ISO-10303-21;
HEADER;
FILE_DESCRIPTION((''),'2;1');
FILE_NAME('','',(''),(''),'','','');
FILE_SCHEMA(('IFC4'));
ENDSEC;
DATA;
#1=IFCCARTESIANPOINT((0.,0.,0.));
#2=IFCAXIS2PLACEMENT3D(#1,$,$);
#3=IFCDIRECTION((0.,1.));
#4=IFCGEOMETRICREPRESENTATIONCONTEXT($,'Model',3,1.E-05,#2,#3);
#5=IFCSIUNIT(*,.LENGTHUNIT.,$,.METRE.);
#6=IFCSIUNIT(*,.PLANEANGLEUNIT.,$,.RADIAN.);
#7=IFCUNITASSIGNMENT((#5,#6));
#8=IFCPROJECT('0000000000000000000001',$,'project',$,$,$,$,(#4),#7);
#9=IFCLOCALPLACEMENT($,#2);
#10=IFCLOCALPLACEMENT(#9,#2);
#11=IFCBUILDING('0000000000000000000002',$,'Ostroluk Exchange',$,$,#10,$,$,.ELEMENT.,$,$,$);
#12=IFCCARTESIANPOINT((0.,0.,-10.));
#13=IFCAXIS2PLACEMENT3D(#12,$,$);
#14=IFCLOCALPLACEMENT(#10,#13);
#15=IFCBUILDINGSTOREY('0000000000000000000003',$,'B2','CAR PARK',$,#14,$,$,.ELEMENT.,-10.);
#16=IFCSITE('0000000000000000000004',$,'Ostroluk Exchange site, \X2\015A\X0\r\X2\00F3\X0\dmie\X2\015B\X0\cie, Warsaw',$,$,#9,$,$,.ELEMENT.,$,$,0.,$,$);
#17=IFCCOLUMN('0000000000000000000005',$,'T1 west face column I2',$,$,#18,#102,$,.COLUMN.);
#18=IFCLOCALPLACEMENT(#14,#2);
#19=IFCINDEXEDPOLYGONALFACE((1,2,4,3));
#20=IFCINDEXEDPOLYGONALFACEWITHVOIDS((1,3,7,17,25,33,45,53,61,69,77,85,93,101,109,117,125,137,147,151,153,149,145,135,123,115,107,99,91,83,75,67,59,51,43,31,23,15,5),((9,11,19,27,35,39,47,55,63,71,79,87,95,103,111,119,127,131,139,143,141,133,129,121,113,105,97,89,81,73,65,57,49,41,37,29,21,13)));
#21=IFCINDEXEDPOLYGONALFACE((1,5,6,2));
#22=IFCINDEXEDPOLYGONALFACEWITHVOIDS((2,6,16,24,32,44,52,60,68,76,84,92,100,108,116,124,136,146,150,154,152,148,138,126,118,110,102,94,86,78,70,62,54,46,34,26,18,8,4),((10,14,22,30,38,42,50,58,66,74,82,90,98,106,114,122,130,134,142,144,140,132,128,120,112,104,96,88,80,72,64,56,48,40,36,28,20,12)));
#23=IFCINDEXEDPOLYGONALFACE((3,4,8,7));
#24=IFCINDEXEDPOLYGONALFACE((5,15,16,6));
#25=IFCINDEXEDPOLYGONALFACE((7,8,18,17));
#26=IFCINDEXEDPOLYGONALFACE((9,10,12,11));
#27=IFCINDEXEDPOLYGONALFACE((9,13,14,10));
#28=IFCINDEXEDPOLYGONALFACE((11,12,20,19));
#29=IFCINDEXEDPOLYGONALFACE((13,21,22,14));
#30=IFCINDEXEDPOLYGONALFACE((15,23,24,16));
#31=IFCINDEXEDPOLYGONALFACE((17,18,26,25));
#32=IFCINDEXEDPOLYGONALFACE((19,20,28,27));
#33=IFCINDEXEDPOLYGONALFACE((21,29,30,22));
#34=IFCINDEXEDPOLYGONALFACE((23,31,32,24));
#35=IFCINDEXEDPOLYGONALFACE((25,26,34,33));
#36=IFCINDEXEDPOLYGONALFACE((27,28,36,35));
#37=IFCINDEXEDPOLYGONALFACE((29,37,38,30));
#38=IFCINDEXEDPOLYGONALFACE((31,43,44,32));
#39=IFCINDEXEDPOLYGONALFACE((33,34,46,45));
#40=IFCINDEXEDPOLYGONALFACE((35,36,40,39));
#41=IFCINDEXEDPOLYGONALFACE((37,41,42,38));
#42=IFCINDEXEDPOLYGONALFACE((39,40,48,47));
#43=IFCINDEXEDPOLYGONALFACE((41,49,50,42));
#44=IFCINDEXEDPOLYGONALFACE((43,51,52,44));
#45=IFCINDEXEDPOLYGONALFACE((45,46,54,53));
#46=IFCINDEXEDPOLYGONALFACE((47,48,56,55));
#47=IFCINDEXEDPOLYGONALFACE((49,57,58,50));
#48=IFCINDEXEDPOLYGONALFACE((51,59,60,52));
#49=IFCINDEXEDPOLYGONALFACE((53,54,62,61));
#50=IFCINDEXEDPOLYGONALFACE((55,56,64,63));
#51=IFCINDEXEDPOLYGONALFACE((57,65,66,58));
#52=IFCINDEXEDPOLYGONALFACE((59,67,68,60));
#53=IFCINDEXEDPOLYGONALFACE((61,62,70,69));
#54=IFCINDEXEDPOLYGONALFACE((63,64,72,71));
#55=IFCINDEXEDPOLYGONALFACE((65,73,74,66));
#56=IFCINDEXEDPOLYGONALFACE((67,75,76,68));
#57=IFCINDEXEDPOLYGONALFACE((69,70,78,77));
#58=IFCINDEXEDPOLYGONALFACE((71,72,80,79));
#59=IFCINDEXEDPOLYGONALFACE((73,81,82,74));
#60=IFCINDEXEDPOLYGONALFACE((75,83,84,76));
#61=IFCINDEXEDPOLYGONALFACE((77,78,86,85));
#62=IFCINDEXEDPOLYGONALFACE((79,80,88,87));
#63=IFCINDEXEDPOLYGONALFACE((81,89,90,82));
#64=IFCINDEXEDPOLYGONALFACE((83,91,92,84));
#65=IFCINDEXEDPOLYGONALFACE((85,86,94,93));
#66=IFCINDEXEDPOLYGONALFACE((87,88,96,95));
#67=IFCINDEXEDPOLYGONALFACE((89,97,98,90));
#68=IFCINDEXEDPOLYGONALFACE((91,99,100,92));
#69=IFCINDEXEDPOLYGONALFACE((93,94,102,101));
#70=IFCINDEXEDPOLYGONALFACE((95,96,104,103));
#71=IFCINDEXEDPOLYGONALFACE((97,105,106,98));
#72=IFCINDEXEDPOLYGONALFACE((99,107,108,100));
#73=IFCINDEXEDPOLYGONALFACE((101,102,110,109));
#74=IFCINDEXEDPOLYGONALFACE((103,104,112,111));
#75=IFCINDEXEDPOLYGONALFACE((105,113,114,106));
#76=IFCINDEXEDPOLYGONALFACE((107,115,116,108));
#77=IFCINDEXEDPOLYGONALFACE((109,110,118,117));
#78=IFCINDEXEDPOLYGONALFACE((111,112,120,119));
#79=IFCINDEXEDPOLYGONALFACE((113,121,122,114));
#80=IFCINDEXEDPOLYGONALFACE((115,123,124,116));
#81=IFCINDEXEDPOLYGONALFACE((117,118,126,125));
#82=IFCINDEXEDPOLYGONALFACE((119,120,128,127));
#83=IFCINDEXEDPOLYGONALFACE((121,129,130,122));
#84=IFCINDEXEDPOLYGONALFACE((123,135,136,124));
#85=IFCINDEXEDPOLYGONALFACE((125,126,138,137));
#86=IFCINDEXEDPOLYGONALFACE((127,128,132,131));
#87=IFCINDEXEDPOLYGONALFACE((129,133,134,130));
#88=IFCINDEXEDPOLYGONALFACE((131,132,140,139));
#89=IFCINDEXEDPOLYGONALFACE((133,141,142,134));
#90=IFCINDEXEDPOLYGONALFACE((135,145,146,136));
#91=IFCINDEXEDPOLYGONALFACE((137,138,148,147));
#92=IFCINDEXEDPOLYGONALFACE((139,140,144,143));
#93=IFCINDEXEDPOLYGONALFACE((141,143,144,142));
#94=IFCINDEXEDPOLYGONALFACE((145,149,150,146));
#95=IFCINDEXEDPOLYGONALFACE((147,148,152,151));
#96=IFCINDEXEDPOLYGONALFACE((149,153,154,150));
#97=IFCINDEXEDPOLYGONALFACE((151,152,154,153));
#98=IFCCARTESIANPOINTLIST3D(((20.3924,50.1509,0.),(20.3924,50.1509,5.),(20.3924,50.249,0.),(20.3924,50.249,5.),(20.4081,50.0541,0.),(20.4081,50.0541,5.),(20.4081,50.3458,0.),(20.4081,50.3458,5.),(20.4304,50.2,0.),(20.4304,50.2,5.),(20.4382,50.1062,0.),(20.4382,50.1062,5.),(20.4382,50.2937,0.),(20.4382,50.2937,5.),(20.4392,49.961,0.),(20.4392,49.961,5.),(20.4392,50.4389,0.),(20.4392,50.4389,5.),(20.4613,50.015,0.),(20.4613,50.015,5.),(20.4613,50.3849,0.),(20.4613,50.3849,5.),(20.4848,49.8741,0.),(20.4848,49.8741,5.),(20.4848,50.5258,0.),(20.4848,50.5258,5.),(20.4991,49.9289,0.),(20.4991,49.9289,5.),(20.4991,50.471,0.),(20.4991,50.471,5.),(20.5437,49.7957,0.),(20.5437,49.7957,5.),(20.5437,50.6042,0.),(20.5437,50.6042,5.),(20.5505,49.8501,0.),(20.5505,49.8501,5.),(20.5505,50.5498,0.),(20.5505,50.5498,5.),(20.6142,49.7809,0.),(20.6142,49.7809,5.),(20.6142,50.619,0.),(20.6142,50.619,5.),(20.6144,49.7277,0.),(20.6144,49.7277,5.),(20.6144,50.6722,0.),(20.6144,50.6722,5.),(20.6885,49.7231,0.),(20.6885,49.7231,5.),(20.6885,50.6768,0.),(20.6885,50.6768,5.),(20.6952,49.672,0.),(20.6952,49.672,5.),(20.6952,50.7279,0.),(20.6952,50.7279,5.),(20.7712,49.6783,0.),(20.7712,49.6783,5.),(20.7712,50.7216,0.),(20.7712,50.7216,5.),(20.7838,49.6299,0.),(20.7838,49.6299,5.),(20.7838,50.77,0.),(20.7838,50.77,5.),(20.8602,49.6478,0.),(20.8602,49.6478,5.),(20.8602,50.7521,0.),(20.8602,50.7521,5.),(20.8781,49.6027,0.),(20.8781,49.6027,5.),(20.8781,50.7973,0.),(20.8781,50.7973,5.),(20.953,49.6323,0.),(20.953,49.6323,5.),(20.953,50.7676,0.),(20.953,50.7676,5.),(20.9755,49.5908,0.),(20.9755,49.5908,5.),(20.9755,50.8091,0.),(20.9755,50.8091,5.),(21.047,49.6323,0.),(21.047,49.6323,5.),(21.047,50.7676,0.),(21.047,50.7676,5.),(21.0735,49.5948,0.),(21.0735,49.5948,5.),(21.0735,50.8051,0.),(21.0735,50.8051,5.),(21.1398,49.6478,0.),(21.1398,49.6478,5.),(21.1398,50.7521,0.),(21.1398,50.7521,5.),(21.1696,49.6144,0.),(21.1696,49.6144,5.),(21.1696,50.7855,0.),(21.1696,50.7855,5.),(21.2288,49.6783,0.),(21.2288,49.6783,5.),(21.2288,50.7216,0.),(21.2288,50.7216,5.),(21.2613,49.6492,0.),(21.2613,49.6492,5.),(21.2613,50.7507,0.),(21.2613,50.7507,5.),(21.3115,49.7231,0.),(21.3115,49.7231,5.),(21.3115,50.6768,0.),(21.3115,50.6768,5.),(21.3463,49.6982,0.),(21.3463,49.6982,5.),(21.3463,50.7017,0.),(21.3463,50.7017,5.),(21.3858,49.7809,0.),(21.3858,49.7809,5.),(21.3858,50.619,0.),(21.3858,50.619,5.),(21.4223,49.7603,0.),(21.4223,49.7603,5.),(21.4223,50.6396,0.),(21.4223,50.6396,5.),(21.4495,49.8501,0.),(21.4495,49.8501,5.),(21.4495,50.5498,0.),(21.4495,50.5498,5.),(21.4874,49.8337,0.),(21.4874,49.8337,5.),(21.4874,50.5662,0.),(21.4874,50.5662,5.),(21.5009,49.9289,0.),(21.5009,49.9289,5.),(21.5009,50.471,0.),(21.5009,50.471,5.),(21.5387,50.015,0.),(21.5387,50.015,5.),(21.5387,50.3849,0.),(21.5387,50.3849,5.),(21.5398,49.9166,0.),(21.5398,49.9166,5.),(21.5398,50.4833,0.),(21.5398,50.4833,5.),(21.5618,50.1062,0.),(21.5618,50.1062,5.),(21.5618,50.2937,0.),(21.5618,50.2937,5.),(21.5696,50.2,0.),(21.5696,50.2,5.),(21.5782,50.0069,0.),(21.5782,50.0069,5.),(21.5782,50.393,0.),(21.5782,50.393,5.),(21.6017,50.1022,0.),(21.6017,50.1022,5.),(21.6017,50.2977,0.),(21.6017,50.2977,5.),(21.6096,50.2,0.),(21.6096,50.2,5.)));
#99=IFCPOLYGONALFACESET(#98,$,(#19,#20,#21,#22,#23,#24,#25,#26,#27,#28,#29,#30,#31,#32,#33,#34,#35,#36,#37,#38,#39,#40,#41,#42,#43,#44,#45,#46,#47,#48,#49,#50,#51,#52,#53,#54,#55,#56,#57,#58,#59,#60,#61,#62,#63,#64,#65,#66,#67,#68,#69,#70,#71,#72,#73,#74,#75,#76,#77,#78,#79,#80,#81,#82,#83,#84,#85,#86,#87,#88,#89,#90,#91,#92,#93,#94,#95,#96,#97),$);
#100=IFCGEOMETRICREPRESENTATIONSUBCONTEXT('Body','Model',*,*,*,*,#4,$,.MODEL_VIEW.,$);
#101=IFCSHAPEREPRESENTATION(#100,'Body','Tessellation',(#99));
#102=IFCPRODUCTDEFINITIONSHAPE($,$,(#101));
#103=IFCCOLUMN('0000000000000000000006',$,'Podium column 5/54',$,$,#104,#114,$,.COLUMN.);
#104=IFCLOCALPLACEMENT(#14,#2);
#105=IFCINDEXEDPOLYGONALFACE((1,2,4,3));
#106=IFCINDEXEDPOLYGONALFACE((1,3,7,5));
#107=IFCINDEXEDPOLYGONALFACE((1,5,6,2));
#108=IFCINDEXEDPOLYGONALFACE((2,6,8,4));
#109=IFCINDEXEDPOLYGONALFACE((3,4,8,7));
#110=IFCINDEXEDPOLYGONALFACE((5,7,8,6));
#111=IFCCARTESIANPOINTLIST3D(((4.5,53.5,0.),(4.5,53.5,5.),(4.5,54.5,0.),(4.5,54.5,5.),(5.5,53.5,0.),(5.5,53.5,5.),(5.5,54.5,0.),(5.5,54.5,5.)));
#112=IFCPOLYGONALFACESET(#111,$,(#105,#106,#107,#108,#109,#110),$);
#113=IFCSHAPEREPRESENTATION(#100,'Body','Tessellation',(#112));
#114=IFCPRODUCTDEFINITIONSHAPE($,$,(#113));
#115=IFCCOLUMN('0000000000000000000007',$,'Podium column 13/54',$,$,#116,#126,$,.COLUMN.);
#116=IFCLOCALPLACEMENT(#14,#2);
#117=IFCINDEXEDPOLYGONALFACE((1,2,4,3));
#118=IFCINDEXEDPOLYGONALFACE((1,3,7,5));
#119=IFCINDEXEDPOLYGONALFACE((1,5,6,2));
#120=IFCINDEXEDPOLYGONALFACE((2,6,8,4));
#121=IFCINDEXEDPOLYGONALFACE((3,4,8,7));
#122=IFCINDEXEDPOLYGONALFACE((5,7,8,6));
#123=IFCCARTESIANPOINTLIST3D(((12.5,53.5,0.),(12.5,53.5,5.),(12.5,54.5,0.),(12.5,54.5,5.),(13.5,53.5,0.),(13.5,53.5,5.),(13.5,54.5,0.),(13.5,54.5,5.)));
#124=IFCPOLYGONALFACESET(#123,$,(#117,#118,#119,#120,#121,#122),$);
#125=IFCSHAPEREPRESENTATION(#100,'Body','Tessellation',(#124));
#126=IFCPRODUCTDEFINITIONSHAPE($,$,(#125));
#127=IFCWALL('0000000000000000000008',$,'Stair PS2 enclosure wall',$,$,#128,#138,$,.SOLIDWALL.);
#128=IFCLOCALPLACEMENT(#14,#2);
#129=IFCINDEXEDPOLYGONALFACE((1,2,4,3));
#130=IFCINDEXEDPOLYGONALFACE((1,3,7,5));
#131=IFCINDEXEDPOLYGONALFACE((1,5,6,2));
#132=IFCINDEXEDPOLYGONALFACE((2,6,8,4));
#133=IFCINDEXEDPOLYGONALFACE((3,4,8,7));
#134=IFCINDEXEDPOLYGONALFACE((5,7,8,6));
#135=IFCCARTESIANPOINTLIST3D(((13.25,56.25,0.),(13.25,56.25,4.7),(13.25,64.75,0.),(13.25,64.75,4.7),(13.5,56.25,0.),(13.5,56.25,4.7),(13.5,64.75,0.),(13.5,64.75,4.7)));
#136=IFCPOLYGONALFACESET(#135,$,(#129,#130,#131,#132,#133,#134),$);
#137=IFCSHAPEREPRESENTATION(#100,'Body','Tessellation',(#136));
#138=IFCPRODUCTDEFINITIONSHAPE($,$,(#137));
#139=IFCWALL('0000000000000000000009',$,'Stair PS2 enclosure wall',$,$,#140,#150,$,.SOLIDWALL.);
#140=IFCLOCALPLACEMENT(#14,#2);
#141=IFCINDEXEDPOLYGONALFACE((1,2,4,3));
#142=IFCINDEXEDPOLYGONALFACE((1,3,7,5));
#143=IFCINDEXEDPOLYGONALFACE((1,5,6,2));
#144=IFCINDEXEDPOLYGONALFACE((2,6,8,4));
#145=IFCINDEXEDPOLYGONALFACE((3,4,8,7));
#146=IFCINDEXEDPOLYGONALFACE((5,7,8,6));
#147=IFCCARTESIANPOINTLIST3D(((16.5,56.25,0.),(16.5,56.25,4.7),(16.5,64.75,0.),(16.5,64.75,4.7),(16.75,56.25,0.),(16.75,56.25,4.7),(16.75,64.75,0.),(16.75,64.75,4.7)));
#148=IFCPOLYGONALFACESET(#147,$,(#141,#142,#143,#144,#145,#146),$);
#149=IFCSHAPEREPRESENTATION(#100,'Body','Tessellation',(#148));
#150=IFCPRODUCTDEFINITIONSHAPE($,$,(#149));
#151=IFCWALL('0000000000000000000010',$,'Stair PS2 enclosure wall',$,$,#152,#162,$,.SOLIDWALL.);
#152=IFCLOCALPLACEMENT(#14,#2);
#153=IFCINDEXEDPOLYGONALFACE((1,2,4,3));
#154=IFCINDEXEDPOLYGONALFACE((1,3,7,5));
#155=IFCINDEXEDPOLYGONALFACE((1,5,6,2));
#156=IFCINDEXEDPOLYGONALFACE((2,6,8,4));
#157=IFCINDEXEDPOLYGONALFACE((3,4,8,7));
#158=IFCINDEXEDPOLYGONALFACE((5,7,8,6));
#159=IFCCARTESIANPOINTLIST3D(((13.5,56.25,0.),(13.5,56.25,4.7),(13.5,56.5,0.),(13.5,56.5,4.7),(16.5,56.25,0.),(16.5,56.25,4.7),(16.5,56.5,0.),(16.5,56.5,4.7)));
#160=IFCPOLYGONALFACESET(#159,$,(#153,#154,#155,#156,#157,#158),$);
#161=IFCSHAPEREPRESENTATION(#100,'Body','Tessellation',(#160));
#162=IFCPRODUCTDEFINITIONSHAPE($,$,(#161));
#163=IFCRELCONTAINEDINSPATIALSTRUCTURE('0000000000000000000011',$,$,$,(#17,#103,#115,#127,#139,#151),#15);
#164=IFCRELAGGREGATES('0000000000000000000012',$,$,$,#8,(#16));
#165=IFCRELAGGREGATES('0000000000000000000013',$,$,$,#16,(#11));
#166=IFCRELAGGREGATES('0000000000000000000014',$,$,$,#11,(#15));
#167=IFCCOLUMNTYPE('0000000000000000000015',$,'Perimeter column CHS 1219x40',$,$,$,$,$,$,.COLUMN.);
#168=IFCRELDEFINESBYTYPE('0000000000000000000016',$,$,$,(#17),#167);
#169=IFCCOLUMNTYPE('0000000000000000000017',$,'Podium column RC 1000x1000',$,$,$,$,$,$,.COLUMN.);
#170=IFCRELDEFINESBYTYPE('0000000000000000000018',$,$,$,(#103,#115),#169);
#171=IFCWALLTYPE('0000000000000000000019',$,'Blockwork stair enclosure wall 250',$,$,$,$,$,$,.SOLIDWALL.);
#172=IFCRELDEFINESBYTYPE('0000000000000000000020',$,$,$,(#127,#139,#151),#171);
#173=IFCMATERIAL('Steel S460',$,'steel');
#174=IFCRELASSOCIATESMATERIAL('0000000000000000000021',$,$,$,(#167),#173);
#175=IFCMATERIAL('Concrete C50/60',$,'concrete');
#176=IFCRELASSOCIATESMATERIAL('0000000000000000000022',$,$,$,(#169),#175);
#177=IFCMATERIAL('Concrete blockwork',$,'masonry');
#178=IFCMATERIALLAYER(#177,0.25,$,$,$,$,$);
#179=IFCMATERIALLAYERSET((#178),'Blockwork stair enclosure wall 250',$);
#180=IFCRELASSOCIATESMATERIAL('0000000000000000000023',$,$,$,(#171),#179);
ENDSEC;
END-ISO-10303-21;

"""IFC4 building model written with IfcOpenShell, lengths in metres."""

from ifc_helpers import new_model, si_unit, direction, frame, frame_2d, origin, origin_2d, place, context, subcontext, project, spatial, rectangle, hollow_circle, extrude, material, layer, layer_set, material_profile, profile_set, type_object, element, save


model = new_model("IFC4")

# Units and contexts
model_context = context("Model", 3, precision=1e-05, world=origin(), true_north=direction((0.0, 1.0)))
body_context = subcontext(model_context, "Body", "Model", "MODEL_VIEW")
ifc_project = project(units=[si_unit("LENGTHUNIT", "METRE"), si_unit("PLANEANGLEUNIT", "RADIAN")], contexts=[model_context])

# Site, building, storey
site_placement = place(None, origin())
site = spatial("IfcSite", under=ifc_project, at=site_placement, Name="Ostroluk Exchange site, Śródmieście, Warsaw", CompositionType="ELEMENT", RefElevation=0.0)
building_placement = place(site_placement, origin())
building = spatial("IfcBuilding", under=site, at=building_placement, Name="Ostroluk Exchange", CompositionType="ELEMENT")
storey_placement = place(building_placement, frame((0.0, 0.0, -10.0)))
storey = spatial("IfcBuildingStorey", under=building, at=storey_placement, Name="B2", Description="CAR PARK", CompositionType="ELEMENT", Elevation=-10.0)

# Columns
ifc_material_1 = material(Name="Steel S460", Category="steel")
ifc_material_profile_1 = material_profile(ifc_material_1, hollow_circle(Radius=0.6096, WallThickness=0.04, at=origin_2d()), Name="CHS 1219x40")
ifc_profile_set_1 = profile_set([ifc_material_profile_1], Name="Steel S460")
column_type_1 = type_object("IfcColumnType", Name="Perimeter column CHS 1219x40", PredefinedType="COLUMN", material=ifc_profile_set_1)
column_placement = place(storey_placement, frame((21.0, 50.2, 0.0), z_axis=(0.0, 0.0, 1.0), x_axis=(1.0, 0.0, 0.0)))
element("IfcColumn", 1, at=column_placement, inside=storey, type_object=column_type_1, Name="T1 west face column I2", PredefinedType="COLUMN", context=body_context, shape_type="SweptSolid", body=[
    extrude(hollow_circle(Radius=0.6096, WallThickness=0.04, at=origin_2d()), origin(), (0.0, 0.0, 1.0), 5.0),
])
ifc_material_2 = material(Name="Concrete C50/60", Category="concrete")
ifc_material_profile_2 = material_profile(ifc_material_2, rectangle(XDim=1.0, YDim=1.0, at=origin_2d()), Name="RC 1000x1000")
ifc_profile_set_2 = profile_set([ifc_material_profile_2], Name="Concrete C50/60")
column_type_2 = type_object("IfcColumnType", Name="Podium column RC 1000x1000", PredefinedType="COLUMN", material=ifc_profile_set_2)
for number, where, z_axis, x_axis, name in (
    (2, (5.0, 54.0, 0.0), (0.0, 0.0, 1.0), (1.0, 0.0, 0.0), "Podium column 5/54"),
    (3, (13.0, 54.0, 0.0), (0.0, 0.0, 1.0), (1.0, 0.0, 0.0), "Podium column 13/54"),
):
    element("IfcColumn", number, at=place(storey_placement, frame(where, z_axis=z_axis, x_axis=x_axis)), inside=storey, type_object=column_type_2, Name=name, PredefinedType="COLUMN", context=body_context, shape_type="SweptSolid", body=[
        extrude(rectangle(XDim=1.0, YDim=1.0, at=origin_2d()), origin(), (0.0, 0.0, 1.0), 5.0),
    ])

# Walls
ifc_material_3 = material(Name="Concrete blockwork", Category="masonry")
ifc_layer_1 = layer(ifc_material_3, 0.25)
ifc_layer_set_1 = layer_set([ifc_layer_1], Name="Blockwork stair enclosure wall 250")
wall_type = type_object("IfcWallType", Name="Blockwork stair enclosure wall 250", PredefinedType="SOLIDWALL", material=ifc_layer_set_1)
for number, where, z_axis, x_axis, name in (
    (4, (13.375, 56.25, 0.0), (0.0, 0.0, 1.0), (0.0, 1.0, 0.0), "Stair PS2 enclosure wall"),
    (5, (16.625, 56.25, 0.0), (0.0, 0.0, 1.0), (0.0, 1.0, 0.0), "Stair PS2 enclosure wall"),
):
    element("IfcWall", number, at=place(storey_placement, frame(where, z_axis=z_axis, x_axis=x_axis)), inside=storey, type_object=wall_type, Name=name, PredefinedType="SOLIDWALL", context=body_context, shape_type="SweptSolid", body=[
        extrude(rectangle(XDim=8.5, YDim=0.25, at=frame_2d((4.25, 0.0))), origin(), (0.0, 0.0, 1.0), 4.7),
    ])
wall_placement = place(storey_placement, frame((13.5, 56.375, 0.0), z_axis=(0.0, 0.0, 1.0), x_axis=(1.0, 0.0, 0.0)))
element("IfcWall", 6, at=wall_placement, inside=storey, type_object=wall_type, Name="Stair PS2 enclosure wall", PredefinedType="SOLIDWALL", context=body_context, shape_type="SweptSolid", body=[
    extrude(rectangle(XDim=3.0, YDim=0.25, at=frame_2d((1.5, 0.0))), origin(), (0.0, 0.0, 1.0), 4.7),
])

save(model, "model.ifc")
